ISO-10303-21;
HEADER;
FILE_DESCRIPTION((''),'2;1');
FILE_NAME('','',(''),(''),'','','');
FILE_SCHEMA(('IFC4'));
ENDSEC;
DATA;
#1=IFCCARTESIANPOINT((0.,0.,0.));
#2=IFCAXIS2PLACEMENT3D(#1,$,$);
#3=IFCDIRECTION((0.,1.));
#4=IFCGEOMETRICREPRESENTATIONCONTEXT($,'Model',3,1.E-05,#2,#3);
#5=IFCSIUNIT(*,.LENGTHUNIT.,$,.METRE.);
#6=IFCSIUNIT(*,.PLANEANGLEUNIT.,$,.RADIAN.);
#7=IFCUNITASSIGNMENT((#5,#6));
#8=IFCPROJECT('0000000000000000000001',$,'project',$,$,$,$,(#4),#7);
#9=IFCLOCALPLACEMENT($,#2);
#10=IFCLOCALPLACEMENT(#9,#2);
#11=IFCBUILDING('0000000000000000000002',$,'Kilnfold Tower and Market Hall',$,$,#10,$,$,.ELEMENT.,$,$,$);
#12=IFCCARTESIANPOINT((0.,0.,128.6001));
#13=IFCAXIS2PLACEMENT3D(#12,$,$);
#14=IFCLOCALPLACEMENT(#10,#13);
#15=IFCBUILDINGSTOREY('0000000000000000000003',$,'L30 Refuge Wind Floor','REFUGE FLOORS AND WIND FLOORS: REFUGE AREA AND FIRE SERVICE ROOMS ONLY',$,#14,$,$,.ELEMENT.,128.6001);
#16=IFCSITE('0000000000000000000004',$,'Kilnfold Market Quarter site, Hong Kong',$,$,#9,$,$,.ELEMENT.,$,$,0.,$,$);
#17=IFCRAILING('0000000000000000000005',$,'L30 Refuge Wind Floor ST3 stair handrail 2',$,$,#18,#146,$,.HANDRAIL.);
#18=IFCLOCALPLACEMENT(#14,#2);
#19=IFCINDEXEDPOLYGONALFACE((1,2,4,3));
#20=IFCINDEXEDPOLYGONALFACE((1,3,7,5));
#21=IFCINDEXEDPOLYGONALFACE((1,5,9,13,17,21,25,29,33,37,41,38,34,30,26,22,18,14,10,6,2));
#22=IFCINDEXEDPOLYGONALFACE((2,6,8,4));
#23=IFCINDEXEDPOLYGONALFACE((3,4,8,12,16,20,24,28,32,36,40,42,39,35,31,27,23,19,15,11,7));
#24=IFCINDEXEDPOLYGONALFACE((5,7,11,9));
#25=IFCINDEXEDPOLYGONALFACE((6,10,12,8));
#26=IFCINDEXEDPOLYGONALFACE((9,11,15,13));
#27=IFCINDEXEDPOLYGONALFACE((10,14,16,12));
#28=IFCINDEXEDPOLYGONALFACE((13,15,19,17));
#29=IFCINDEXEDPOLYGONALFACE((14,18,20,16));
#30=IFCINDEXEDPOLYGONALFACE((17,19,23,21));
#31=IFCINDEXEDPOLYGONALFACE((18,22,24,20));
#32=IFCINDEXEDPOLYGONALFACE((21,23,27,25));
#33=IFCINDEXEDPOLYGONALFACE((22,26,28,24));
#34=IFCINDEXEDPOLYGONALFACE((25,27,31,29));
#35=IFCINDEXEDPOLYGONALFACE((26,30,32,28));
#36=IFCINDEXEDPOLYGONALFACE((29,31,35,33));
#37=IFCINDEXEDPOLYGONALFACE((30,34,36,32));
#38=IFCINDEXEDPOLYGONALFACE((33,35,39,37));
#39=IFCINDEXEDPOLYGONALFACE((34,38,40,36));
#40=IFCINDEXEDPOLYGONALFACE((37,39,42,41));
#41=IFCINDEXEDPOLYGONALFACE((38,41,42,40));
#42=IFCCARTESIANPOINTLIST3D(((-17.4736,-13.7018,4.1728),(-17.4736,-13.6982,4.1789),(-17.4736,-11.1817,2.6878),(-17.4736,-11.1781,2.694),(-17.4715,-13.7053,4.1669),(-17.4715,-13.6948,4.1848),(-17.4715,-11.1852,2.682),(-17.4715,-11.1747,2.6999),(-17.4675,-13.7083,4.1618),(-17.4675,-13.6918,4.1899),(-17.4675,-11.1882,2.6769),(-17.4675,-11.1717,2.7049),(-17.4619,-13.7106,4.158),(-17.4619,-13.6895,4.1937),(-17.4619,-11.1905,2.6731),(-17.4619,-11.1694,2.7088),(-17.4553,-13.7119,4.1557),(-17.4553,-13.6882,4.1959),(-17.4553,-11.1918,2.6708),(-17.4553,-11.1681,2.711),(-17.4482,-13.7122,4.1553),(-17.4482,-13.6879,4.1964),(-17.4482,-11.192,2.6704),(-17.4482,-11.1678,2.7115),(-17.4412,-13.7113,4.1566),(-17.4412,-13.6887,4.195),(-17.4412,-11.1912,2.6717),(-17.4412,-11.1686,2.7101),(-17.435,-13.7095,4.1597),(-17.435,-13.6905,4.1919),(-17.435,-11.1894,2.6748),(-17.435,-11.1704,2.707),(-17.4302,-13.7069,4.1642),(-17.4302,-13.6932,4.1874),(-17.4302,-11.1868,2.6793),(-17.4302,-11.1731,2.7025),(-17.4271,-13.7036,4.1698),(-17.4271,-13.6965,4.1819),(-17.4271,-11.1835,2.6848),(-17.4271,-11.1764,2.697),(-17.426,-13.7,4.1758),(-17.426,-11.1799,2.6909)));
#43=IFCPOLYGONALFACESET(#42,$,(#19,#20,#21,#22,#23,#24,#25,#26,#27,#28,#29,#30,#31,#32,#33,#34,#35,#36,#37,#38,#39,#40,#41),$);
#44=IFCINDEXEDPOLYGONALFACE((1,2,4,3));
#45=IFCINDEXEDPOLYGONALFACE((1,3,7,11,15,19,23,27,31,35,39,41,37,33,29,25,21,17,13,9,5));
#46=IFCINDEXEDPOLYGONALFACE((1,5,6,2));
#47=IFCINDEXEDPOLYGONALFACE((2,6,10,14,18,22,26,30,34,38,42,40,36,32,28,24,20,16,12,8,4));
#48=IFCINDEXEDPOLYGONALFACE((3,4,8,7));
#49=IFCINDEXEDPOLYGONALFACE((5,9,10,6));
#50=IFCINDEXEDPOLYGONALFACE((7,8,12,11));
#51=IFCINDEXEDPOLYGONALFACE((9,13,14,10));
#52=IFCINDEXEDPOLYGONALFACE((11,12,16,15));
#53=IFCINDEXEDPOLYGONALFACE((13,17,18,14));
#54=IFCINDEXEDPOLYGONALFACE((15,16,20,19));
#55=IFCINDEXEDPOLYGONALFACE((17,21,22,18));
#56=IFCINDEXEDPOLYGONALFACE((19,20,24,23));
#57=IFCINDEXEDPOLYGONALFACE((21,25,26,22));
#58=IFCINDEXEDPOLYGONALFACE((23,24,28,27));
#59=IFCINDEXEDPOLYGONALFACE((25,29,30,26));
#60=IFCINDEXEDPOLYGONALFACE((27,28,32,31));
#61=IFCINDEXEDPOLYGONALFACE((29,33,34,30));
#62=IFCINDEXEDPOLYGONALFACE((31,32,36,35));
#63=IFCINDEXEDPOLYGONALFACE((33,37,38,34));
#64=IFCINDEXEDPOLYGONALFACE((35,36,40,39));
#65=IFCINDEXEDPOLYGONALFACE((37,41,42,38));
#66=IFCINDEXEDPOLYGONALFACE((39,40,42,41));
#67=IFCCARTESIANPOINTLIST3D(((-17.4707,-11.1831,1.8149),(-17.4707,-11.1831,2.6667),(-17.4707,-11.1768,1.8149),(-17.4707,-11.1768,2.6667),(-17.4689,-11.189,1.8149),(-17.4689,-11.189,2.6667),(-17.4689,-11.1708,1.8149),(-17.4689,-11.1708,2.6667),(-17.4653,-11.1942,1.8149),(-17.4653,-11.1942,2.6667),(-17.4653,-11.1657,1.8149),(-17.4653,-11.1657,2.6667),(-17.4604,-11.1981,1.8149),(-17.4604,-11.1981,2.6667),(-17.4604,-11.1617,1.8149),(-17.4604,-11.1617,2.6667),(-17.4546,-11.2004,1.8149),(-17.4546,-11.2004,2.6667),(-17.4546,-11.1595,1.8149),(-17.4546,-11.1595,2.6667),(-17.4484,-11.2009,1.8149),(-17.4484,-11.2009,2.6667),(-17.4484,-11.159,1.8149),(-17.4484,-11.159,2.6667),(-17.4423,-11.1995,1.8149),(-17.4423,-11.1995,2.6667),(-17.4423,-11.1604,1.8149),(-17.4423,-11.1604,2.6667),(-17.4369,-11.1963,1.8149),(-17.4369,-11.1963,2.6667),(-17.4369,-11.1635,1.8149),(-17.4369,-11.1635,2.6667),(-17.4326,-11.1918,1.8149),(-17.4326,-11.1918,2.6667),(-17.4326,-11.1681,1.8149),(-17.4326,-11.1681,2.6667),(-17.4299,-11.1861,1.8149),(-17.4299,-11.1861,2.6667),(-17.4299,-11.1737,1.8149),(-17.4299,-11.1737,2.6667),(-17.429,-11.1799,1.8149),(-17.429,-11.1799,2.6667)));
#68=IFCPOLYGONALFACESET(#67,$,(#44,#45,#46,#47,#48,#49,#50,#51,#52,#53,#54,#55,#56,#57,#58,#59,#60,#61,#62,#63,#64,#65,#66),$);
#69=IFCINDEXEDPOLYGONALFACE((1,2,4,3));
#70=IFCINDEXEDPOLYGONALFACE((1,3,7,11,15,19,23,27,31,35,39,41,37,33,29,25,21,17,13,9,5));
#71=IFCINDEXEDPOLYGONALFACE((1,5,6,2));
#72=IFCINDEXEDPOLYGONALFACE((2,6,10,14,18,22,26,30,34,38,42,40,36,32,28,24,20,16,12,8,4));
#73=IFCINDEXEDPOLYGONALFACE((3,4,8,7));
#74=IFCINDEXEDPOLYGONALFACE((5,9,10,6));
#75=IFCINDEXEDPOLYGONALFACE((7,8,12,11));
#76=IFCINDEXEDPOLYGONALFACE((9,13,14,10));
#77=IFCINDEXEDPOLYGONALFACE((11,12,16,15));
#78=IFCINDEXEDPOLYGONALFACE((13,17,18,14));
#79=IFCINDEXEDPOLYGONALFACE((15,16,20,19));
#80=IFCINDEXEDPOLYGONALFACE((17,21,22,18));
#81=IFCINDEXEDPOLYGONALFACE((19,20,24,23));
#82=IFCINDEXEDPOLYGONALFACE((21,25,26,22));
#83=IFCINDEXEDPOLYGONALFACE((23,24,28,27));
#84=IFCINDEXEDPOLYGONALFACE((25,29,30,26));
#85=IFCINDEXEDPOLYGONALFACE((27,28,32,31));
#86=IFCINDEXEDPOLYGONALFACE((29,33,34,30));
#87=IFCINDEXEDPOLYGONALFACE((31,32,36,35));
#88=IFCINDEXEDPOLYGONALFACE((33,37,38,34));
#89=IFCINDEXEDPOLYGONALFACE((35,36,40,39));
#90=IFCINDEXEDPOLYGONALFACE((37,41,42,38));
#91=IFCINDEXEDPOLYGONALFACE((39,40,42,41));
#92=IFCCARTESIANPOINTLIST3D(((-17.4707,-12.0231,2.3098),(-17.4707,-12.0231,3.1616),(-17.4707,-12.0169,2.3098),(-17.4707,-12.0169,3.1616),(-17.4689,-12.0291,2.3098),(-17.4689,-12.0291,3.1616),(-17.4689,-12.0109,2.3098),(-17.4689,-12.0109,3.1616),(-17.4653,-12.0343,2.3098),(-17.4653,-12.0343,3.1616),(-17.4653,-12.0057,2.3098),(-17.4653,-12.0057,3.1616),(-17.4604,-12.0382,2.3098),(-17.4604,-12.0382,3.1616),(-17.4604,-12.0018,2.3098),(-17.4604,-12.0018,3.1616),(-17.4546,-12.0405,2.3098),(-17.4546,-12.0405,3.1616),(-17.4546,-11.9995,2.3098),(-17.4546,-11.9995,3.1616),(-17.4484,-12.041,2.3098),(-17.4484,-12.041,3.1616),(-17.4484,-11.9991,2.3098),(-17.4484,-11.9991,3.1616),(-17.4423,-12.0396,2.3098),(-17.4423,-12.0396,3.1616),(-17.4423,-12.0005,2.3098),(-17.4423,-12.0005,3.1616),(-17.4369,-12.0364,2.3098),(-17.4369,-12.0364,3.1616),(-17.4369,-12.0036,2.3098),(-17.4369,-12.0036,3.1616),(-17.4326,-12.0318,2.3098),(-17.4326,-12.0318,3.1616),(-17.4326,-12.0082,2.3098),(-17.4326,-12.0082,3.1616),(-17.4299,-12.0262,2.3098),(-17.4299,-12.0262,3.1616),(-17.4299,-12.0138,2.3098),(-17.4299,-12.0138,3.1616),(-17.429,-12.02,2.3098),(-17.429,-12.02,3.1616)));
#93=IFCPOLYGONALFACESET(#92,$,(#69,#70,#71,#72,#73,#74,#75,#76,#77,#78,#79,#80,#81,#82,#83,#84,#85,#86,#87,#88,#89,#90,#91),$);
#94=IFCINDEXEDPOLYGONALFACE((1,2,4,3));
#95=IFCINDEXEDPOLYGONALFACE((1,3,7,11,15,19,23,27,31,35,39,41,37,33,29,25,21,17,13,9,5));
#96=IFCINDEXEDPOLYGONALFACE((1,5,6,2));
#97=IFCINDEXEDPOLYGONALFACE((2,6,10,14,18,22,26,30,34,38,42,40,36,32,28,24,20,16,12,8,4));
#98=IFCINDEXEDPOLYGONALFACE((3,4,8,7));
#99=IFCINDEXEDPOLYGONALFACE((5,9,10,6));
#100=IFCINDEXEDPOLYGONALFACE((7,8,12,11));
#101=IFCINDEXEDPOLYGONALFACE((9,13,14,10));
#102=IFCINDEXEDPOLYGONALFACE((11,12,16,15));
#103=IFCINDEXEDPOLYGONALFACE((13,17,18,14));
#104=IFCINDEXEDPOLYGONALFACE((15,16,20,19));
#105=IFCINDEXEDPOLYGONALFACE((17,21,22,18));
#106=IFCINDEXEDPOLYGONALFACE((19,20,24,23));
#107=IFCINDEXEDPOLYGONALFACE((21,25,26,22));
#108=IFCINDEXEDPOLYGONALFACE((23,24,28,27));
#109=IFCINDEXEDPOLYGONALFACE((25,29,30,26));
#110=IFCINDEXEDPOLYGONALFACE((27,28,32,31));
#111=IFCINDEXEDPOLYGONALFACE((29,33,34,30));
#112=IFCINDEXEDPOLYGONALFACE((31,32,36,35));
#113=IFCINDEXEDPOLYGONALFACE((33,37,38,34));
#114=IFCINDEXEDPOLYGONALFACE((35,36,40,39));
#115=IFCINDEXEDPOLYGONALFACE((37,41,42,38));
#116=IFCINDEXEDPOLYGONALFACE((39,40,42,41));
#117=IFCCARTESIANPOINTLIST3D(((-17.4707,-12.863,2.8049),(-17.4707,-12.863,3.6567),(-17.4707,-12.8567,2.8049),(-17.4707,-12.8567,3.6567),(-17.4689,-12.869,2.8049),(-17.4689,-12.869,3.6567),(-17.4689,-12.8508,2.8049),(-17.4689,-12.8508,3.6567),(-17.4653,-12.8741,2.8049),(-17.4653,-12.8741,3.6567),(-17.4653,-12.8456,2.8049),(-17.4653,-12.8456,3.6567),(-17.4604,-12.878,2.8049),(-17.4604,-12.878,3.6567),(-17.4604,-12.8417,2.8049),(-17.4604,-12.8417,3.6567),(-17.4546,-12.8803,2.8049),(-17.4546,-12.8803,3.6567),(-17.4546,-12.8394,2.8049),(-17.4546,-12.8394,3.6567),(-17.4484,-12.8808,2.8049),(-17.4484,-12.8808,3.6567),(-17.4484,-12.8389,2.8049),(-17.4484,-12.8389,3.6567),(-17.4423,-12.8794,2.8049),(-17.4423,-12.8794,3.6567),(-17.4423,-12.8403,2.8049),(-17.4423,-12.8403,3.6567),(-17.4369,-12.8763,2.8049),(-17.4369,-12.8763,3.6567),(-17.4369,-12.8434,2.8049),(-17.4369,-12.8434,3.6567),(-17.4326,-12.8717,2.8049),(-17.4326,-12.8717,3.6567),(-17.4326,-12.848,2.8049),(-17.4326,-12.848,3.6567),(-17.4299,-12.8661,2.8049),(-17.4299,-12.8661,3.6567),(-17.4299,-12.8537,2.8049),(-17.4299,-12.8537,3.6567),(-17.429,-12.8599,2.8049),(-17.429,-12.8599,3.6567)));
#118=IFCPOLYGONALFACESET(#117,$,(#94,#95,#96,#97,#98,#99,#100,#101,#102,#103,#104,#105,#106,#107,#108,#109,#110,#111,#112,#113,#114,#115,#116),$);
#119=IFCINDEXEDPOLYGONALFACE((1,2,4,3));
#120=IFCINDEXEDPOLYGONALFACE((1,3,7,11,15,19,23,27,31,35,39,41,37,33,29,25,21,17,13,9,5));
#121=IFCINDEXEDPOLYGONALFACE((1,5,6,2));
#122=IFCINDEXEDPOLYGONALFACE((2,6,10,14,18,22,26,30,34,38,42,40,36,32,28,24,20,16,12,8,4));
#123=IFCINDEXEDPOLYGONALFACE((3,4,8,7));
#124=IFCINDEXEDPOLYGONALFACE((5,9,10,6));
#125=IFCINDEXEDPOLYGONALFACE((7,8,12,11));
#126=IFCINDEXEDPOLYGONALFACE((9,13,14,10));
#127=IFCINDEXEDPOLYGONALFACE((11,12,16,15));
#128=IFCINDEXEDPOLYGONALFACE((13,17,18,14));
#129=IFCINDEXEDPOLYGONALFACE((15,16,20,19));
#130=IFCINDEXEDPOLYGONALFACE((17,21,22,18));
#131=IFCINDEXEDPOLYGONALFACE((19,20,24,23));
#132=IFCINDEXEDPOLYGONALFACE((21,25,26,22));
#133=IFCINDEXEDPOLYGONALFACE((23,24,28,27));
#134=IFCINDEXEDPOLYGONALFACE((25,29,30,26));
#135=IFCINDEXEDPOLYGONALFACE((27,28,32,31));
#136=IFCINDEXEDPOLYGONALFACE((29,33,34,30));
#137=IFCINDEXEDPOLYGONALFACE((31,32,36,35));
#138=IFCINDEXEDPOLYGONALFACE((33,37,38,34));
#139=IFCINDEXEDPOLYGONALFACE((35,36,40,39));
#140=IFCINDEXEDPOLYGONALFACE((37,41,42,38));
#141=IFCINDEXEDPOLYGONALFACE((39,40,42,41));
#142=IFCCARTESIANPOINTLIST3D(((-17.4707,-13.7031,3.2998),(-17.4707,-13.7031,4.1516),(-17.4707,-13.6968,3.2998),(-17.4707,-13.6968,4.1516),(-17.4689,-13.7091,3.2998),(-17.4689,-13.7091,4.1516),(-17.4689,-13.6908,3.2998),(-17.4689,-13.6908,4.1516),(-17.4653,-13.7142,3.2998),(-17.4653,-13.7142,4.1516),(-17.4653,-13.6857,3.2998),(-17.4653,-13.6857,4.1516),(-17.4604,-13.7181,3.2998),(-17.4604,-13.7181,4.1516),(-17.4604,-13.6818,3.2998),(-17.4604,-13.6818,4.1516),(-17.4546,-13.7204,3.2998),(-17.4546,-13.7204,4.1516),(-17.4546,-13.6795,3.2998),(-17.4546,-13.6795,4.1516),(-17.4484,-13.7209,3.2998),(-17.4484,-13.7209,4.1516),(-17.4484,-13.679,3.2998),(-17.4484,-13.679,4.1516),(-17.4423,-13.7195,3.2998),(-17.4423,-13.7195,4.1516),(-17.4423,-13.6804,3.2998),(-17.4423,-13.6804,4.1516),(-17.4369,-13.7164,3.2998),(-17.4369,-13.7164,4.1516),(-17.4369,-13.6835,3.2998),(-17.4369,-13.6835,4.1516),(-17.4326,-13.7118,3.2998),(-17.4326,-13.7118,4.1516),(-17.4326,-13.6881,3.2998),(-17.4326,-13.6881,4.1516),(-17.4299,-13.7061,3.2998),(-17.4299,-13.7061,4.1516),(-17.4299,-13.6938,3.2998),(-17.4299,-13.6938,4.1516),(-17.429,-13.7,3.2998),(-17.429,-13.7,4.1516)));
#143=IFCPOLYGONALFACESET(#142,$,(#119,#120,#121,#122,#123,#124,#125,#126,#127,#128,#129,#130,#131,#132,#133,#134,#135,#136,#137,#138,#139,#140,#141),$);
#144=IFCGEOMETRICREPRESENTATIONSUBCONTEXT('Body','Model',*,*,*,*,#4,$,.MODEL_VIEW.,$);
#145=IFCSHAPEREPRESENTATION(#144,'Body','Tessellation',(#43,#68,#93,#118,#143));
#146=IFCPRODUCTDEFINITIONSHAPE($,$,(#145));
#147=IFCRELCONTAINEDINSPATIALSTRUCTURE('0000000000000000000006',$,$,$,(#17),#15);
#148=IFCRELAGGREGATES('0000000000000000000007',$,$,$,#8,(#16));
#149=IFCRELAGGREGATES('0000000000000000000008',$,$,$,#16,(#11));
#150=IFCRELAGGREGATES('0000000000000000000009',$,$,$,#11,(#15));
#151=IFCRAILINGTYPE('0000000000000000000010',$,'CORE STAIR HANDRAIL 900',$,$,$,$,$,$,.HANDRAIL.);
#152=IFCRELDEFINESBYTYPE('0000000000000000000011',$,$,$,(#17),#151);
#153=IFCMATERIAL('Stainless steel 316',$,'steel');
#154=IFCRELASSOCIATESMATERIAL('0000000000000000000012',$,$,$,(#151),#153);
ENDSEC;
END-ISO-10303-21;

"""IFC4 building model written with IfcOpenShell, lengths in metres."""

from ifc_helpers import new_model, si_unit, direction, frame, origin, origin_2d, place, context, subcontext, project, spatial, circle, extrude, material, type_object, element, save


model = new_model("IFC4")

# Units and contexts
model_context = context("Model", 3, precision=1e-05, world=origin(), true_north=direction((0.0, 1.0)))
body_context = subcontext(model_context, "Body", "Model", "MODEL_VIEW")
ifc_project = project(units=[si_unit("LENGTHUNIT", "METRE"), si_unit("PLANEANGLEUNIT", "RADIAN")], contexts=[model_context])

# Site, building, storey
site_placement = place(None, origin())
site = spatial("IfcSite", under=ifc_project, at=site_placement, Name="Kilnfold Market Quarter site, Hong Kong", CompositionType="ELEMENT", RefElevation=0.0)
building_placement = place(site_placement, origin())
building = spatial("IfcBuilding", under=site, at=building_placement, Name="Kilnfold Tower and Market Hall", CompositionType="ELEMENT")
storey_placement = place(building_placement, frame((0.0, 0.0, 128.6001)))
storey = spatial("IfcBuildingStorey", under=building, at=storey_placement, Name="L30 Refuge Wind Floor", Description="REFUGE FLOORS AND WIND FLOORS: REFUGE AREA AND FIRE SERVICE ROOMS ONLY", CompositionType="ELEMENT", Elevation=128.6001)

# Railing
ifc_material_1 = material(Name="Stainless steel 316", Category="steel")
railing_type_1 = type_object("IfcRailingType", Name="CORE STAIR HANDRAIL 900", PredefinedType="HANDRAIL", material=ifc_material_1)
for number, where, name in (
    (1, (-17.45, -11.1799, 1.8149), "L30 Refuge Wind Floor ST3 stair handrail 2"),
):
    element("IfcRailing", number, at=place(storey_placement, frame(where)), inside=storey, type_object=railing_type_1, Name=name, PredefinedType="HANDRAIL", context=body_context, shape_type="SweptSolid", body=[
        extrude(circle(Radius=0.0239, at=origin_2d()), frame((0.0, 0.0, 0.876), z_axis=(0.0, -0.861561, 0.507655), x_axis=(1.0, 0.0, 0.0)), (0.0, 0.0, 1.0), 2.925),
        extrude(circle(Radius=0.021, at=origin_2d()), origin(), (0.0, 0.0, 1.0), 0.8518),
        extrude(circle(Radius=0.021, at=origin_2d()), frame((0.0, -0.8401, 0.4949)), (0.0, 0.0, 1.0), 0.8518),
        extrude(circle(Radius=0.021, at=origin_2d()), frame((0.0, -1.6799, 0.99)), (0.0, 0.0, 1.0), 0.8518),
        extrude(circle(Radius=0.021, at=origin_2d()), frame((0.0, -2.52, 1.4849)), (0.0, 0.0, 1.0), 0.8518),
    ])

save(model, "model.ifc")
